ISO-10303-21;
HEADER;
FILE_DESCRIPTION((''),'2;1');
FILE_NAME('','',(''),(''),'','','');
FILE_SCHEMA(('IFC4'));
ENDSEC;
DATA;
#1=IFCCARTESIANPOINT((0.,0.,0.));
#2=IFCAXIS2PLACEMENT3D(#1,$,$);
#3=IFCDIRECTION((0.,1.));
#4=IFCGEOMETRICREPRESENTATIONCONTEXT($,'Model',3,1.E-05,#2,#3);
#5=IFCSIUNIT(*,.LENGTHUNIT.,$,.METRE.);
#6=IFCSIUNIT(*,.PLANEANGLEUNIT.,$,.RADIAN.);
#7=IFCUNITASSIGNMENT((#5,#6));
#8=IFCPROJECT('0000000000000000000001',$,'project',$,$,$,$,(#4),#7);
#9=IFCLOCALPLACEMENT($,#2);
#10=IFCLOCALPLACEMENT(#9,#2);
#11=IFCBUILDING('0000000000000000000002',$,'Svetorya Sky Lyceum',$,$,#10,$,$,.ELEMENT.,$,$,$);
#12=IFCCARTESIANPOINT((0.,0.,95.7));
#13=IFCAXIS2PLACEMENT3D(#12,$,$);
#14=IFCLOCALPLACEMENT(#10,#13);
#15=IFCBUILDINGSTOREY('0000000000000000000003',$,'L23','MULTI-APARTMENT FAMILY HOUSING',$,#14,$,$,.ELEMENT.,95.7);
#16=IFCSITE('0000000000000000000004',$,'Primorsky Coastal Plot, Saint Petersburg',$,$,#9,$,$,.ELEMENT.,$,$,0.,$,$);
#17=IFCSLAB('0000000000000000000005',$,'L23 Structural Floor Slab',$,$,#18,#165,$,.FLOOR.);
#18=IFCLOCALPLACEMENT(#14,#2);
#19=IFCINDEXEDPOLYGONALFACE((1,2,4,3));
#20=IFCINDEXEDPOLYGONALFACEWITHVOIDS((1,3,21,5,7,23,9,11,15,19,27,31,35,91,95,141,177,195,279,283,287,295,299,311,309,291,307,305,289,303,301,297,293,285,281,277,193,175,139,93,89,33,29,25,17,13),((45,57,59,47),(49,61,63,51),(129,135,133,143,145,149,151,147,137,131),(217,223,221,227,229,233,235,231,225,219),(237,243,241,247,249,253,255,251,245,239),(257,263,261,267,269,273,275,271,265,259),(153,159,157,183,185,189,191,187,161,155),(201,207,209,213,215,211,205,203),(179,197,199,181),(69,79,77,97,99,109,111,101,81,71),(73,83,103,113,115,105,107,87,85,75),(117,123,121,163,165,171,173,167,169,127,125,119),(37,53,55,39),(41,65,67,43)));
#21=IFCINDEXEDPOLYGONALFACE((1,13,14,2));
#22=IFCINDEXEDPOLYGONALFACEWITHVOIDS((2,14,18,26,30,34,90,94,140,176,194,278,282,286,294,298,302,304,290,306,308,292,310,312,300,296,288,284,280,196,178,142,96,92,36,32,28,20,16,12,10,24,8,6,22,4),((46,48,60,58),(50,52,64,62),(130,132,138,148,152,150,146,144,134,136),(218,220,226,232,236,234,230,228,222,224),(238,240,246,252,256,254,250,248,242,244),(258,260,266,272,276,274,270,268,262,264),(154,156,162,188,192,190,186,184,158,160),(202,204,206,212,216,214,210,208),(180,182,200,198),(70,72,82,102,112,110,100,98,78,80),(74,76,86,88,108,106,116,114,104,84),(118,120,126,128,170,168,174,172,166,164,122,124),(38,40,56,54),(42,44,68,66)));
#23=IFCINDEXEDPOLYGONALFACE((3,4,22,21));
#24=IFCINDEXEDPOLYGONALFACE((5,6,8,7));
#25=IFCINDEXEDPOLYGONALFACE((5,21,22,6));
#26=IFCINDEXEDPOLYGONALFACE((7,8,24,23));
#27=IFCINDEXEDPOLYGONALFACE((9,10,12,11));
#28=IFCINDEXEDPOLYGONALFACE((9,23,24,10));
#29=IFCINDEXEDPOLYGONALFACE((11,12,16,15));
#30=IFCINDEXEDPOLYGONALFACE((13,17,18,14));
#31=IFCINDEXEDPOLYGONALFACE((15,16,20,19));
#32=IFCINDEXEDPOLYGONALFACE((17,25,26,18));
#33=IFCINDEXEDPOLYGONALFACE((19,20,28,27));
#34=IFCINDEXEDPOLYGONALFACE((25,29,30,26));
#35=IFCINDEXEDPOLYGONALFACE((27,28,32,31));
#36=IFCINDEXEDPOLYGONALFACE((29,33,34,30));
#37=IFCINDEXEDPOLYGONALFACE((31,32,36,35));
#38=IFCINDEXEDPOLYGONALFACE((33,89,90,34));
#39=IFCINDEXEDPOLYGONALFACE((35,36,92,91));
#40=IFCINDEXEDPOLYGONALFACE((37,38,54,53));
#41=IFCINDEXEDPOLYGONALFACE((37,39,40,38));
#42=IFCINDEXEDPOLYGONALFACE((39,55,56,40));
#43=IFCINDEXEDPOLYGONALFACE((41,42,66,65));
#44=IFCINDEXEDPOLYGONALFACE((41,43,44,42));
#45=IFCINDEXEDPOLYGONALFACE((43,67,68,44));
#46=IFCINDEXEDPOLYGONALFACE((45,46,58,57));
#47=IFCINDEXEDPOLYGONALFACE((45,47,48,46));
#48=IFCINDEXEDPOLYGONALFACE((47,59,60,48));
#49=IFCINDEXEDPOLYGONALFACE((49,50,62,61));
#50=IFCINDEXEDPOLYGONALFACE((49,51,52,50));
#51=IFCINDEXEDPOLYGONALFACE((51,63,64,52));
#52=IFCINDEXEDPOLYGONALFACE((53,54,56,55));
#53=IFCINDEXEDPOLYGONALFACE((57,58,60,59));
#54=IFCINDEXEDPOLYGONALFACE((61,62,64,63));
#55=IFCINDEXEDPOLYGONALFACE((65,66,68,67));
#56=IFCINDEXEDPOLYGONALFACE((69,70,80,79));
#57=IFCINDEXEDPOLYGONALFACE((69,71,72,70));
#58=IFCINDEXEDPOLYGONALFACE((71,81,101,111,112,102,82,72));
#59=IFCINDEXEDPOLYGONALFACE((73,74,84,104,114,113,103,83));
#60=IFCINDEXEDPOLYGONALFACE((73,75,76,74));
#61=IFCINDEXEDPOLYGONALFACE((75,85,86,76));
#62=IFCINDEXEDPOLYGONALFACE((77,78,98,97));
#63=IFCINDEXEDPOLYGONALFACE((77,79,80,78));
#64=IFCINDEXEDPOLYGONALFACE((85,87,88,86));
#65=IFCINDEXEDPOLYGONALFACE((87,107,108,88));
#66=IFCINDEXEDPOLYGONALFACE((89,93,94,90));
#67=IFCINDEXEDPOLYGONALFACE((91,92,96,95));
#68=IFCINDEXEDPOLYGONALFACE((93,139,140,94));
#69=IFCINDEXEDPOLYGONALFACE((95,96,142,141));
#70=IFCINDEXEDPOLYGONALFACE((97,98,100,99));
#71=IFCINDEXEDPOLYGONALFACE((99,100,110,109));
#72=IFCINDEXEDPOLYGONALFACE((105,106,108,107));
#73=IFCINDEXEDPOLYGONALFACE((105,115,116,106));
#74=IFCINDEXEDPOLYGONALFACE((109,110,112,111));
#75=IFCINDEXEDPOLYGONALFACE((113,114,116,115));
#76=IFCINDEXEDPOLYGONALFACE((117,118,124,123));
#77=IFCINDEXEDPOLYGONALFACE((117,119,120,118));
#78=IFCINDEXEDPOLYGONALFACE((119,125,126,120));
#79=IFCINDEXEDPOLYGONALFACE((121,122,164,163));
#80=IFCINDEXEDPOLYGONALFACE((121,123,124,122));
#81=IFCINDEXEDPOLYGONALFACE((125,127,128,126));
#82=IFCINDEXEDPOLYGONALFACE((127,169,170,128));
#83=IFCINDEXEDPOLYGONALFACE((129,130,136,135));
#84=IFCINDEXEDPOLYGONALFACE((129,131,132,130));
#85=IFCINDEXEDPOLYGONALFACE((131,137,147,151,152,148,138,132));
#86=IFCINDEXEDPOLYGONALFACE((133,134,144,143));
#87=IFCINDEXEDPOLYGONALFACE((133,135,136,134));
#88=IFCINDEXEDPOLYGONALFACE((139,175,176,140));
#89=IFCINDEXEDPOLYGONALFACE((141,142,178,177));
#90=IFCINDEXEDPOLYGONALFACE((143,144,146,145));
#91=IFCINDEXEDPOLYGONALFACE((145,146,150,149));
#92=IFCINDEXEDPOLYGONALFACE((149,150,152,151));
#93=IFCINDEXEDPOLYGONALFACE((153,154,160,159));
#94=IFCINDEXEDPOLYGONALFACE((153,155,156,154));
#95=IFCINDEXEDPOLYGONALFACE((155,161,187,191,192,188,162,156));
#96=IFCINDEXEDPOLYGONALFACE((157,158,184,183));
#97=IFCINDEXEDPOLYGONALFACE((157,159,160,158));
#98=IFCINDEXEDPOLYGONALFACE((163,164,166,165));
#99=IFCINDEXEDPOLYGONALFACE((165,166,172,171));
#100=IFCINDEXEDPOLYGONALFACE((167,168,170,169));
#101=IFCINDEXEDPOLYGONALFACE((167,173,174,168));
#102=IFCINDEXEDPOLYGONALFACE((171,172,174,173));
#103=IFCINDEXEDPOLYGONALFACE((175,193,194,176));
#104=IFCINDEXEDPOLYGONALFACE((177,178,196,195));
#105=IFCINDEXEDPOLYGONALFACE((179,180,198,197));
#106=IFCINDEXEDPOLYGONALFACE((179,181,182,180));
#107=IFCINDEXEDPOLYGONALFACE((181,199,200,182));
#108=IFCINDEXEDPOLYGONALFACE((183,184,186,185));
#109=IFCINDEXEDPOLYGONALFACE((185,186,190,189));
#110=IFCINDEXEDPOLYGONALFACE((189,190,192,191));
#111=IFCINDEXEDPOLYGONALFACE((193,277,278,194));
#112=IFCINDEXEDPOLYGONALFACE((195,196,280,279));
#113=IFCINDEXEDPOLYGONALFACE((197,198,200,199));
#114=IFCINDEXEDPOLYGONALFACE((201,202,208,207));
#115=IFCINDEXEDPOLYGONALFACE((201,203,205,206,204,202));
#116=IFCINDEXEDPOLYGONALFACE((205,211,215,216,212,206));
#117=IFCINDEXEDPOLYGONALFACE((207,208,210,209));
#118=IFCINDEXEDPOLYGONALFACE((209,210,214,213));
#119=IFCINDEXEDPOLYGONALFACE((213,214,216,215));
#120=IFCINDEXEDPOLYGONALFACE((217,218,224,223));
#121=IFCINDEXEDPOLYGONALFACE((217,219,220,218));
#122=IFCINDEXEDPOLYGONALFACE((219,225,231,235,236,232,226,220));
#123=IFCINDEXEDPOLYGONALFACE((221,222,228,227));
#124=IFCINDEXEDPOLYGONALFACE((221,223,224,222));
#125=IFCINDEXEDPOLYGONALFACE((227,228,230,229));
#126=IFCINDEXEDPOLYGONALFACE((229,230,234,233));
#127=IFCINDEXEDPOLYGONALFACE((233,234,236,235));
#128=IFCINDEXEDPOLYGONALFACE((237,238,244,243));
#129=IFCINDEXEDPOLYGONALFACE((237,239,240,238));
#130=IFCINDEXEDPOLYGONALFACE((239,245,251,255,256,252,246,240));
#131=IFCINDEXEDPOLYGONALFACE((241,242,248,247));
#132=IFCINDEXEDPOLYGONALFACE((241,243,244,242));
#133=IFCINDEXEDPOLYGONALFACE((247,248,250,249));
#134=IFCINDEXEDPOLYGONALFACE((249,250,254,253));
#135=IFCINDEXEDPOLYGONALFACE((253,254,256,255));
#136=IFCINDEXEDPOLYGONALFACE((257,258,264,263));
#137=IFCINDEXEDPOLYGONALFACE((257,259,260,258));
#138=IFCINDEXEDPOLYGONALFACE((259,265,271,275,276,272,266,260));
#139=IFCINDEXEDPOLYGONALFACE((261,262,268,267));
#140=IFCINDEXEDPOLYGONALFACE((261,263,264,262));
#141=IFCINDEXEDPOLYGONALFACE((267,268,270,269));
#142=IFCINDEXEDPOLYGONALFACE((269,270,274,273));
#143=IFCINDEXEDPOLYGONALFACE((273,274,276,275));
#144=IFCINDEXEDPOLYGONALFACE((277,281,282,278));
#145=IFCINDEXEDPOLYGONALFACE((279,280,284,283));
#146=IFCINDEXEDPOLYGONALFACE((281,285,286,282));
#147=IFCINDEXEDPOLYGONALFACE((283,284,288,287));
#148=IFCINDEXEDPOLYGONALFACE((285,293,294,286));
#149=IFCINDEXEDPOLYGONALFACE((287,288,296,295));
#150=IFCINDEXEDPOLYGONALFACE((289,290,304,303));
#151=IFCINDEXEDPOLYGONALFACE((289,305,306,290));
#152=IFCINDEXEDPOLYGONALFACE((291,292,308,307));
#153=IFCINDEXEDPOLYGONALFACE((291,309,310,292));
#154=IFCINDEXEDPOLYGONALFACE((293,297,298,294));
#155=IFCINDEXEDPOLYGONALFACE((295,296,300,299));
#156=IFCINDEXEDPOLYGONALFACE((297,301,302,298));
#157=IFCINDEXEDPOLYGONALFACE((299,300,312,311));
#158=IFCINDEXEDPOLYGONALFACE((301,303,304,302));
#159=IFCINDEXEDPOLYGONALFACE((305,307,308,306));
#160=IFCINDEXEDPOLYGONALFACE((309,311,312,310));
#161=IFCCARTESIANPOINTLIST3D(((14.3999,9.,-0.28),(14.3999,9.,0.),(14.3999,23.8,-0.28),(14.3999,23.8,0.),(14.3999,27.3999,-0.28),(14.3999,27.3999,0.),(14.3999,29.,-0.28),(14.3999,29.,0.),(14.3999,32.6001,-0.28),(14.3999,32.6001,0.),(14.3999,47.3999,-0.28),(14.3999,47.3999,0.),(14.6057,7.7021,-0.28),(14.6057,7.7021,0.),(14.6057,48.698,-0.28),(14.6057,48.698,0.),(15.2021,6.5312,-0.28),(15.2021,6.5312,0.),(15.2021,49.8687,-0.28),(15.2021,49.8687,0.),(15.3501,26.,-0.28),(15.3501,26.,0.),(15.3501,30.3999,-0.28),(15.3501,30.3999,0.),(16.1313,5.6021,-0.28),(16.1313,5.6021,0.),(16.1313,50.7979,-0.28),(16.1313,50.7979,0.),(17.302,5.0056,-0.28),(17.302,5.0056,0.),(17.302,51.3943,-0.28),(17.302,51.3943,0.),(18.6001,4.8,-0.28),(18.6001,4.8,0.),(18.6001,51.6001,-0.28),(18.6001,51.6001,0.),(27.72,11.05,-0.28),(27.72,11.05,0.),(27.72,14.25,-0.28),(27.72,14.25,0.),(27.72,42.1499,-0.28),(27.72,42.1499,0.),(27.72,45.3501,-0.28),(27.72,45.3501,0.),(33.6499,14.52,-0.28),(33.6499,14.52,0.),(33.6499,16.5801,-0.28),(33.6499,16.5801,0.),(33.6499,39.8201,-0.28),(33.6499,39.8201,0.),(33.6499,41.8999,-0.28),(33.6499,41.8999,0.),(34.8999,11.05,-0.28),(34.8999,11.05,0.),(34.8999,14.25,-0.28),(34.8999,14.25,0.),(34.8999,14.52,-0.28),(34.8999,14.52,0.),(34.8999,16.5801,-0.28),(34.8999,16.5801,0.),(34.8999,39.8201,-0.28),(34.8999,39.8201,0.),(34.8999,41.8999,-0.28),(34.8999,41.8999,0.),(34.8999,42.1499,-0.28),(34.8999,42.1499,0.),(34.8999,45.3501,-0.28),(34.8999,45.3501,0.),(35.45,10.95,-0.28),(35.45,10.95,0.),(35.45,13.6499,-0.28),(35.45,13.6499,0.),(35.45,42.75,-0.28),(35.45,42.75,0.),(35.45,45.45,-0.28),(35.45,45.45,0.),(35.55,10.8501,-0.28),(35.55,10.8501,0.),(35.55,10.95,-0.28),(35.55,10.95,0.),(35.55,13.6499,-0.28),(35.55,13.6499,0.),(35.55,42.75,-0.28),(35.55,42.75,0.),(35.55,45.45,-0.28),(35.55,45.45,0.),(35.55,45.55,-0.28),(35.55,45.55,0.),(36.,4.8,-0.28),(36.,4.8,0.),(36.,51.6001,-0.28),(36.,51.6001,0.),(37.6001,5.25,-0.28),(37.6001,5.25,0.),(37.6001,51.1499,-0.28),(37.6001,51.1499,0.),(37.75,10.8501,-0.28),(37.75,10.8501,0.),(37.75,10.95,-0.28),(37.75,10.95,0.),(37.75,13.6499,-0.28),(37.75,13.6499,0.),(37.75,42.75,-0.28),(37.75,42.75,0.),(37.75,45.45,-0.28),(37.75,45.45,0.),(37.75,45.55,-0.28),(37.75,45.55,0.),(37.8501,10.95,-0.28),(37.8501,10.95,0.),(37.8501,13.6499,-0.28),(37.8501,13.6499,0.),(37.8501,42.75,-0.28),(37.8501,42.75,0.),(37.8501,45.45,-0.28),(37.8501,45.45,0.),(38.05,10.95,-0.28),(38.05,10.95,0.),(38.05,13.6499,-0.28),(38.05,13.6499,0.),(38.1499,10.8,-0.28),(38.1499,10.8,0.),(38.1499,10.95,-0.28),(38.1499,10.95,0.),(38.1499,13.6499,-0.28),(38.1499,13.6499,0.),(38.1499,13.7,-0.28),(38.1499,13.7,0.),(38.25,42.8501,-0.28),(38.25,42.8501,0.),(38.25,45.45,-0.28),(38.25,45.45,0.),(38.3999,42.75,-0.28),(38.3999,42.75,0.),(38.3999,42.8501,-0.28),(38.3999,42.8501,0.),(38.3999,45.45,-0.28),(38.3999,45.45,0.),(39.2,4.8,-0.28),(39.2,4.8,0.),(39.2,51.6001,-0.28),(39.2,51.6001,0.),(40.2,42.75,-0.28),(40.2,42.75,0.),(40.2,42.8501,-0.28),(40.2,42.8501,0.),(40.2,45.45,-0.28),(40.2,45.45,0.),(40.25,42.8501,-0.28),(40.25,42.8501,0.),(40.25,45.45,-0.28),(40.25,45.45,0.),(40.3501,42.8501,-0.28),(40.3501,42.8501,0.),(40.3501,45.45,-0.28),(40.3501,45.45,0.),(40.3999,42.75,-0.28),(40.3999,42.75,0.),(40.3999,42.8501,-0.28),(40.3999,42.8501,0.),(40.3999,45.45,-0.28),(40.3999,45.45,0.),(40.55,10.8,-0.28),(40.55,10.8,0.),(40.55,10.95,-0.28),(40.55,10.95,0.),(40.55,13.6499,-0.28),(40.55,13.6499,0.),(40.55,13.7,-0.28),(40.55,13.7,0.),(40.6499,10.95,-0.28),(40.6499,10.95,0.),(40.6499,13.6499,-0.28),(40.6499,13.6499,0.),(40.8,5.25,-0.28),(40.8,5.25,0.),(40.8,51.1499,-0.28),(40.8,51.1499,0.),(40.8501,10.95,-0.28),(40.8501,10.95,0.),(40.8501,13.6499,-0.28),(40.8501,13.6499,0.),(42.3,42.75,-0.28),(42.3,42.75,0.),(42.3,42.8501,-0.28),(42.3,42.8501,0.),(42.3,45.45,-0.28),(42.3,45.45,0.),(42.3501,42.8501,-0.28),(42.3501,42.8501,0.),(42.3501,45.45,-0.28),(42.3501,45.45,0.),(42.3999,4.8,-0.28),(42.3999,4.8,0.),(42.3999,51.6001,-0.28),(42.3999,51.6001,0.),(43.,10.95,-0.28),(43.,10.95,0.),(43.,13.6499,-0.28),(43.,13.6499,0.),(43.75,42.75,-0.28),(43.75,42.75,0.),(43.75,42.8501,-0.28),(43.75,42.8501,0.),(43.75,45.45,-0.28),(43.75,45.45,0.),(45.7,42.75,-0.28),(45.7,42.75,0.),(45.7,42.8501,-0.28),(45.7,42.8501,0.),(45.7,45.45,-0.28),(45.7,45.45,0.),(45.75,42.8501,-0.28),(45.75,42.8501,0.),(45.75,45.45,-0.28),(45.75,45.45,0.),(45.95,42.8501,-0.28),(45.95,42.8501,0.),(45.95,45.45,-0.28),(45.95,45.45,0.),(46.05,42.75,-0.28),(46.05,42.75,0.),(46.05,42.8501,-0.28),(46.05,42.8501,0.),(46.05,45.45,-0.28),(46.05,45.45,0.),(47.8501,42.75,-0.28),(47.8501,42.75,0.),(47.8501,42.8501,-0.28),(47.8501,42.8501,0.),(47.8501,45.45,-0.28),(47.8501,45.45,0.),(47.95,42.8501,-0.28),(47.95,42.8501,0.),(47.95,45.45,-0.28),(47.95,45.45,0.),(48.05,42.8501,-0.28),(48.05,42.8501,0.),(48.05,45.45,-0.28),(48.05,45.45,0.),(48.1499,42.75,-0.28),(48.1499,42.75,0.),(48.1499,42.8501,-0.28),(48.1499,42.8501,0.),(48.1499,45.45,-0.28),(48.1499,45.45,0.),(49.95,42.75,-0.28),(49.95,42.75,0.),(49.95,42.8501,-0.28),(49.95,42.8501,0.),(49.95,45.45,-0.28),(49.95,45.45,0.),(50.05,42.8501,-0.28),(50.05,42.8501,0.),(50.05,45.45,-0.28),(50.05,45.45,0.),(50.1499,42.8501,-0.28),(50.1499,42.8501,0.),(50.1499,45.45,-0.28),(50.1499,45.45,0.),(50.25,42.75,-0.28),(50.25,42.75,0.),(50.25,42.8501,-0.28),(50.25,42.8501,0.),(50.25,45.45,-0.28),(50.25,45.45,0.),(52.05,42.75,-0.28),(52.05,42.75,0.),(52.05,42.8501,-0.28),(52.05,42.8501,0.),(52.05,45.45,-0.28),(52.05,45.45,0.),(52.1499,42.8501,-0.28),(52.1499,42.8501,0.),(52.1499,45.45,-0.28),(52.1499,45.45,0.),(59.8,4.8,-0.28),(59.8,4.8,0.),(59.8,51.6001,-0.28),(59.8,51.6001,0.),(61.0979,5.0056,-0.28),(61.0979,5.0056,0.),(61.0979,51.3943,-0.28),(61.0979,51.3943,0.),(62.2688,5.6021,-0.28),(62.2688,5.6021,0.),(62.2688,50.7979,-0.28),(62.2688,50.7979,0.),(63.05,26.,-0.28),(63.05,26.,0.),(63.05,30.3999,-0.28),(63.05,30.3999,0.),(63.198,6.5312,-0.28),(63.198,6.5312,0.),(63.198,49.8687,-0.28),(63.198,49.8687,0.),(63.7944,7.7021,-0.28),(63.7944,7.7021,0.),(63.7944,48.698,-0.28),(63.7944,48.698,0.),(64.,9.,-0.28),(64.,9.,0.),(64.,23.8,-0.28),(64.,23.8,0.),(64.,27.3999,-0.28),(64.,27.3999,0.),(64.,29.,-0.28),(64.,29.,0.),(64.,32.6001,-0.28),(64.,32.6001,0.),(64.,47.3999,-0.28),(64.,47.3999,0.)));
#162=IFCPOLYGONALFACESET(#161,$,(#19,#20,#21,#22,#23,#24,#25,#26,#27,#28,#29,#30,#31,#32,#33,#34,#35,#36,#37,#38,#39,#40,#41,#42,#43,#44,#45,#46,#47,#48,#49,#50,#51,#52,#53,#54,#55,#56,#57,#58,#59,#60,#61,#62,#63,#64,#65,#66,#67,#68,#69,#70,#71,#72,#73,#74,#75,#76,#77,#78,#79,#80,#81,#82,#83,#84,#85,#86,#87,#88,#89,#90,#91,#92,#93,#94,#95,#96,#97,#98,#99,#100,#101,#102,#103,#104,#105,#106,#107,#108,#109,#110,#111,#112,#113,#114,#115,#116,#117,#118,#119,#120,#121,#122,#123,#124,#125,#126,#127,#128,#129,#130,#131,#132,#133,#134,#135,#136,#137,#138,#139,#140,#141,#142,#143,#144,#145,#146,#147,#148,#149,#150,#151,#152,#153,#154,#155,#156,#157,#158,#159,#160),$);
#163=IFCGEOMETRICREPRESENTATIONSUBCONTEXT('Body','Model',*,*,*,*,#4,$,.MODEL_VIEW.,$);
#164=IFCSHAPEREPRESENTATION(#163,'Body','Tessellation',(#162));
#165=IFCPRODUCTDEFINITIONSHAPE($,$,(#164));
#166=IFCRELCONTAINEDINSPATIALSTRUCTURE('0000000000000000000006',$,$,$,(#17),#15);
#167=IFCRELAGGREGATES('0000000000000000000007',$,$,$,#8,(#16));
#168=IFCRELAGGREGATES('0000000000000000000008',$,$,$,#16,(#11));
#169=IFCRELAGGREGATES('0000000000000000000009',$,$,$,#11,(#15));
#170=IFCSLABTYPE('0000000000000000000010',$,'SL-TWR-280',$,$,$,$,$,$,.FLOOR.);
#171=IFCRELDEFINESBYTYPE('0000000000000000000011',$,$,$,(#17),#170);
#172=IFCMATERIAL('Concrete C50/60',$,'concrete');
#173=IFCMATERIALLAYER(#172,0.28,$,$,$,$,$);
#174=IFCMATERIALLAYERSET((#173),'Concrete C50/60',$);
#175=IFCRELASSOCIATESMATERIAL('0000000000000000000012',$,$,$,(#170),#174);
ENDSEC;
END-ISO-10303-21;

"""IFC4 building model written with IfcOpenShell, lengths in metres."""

from ifc_helpers import new_model, si_unit, direction, frame, origin, place, context, subcontext, project, spatial, polyline, outline, extrude, material, layer, layer_set, type_object, element, save


model = new_model("IFC4")

# Units and contexts
model_context = context("Model", 3, precision=1e-05, world=origin(), true_north=direction((0.0, 1.0)))
body_context = subcontext(model_context, "Body", "Model", "MODEL_VIEW")
ifc_project = project(units=[si_unit("LENGTHUNIT", "METRE"), si_unit("PLANEANGLEUNIT", "RADIAN")], contexts=[model_context])

# Site, building, storey
site_placement = place(None, origin())
site = spatial("IfcSite", under=ifc_project, at=site_placement, Name="Primorsky Coastal Plot, Saint Petersburg", CompositionType="ELEMENT", RefElevation=0.0)
building_placement = place(site_placement, origin())
building = spatial("IfcBuilding", under=site, at=building_placement, Name="Svetorya Sky Lyceum", CompositionType="ELEMENT")
storey_placement = place(building_placement, frame((0.0, 0.0, 95.7)))
storey = spatial("IfcBuildingStorey", under=building, at=storey_placement, Name="L23", Description="MULTI-APARTMENT FAMILY HOUSING", CompositionType="ELEMENT", Elevation=95.7)

# Shared definitions
ifc_material_1 = material(Name="Concrete C50/60", Category="concrete")

# Slab
ifc_layer_1 = layer(ifc_material_1, 0.28)
ifc_layer_set_1 = layer_set([ifc_layer_1], Name="Concrete C50/60")
slab_type_1 = type_object("IfcSlabType", Name="SL-TWR-280", PredefinedType="FLOOR", material=ifc_layer_set_1)
slab_1_placement = place(storey_placement, frame((0.0, 0.0, -0.28)))
element("IfcSlab", 1, at=slab_1_placement, inside=storey, type_object=slab_type_1, Name="L23 Structural Floor Slab", PredefinedType="FLOOR", context=body_context, shape_type="SweptSolid", body=[
    extrude(outline(polyline([(14.3999, 9.0), (14.6057, 7.7021), (15.2021, 6.5312), (16.1313, 5.6021), (17.302, 5.0056), (18.6001, 4.8), (36.0, 4.8), (37.6001, 5.25), (39.2, 4.8), (40.8, 5.25), (42.3999, 4.8), (59.8, 4.8), (61.0979, 5.0056), (62.2688, 5.6021), (63.198, 6.5312), (63.7944, 7.7021), (64.0, 9.0), (64.0, 23.8), (63.05, 26.0), (64.0, 27.3999), (64.0, 29.0), (63.05, 30.3999), (64.0, 32.6001), (64.0, 47.3999), (63.7944, 48.698), (63.198, 49.8687), (62.2688, 50.7979), (61.0979, 51.3943), (59.8, 51.6001), (42.3999, 51.6001), (40.8, 51.1499), (39.2, 51.6001), (37.6001, 51.1499), (36.0, 51.6001), (18.6001, 51.6001), (17.302, 51.3943), (16.1313, 50.7979), (15.2021, 49.8687), (14.6057, 48.698), (14.3999, 47.3999), (14.3999, 32.6001), (15.3501, 30.3999), (14.3999, 29.0), (14.3999, 27.3999), (15.3501, 26.0), (14.3999, 23.8), (14.3999, 9.0)]), holes=[polyline([(37.8501, 10.95), (37.75, 10.95), (37.75, 10.8501), (35.55, 10.8501), (35.55, 10.95), (35.45, 10.95), (35.45, 13.6499), (35.55, 13.6499), (37.75, 13.6499), (37.8501, 13.6499), (37.8501, 10.95)]), polyline([(40.6499, 13.6499), (40.6499, 10.95), (40.55, 10.95), (40.55, 10.8), (38.1499, 10.8), (38.1499, 10.95), (38.05, 10.95), (38.05, 13.6499), (38.1499, 13.6499), (38.1499, 13.7), (40.55, 13.7), (40.55, 13.6499), (40.6499, 13.6499)]), polyline([(27.72, 14.25), (34.8999, 14.25), (34.8999, 11.05), (27.72, 11.05), (27.72, 14.25)]), polyline([(33.6499, 14.52), (33.6499, 16.5801), (34.8999, 16.5801), (34.8999, 14.52), (33.6499, 14.52)]), polyline([(33.6499, 41.8999), (34.8999, 41.8999), (34.8999, 39.8201), (33.6499, 39.8201), (33.6499, 41.8999)]), polyline([(27.72, 45.3501), (34.8999, 45.3501), (34.8999, 42.1499), (27.72, 42.1499), (27.72, 45.3501)]), polyline([(37.75, 45.55), (37.75, 45.45), (37.8501, 45.45), (37.8501, 42.75), (37.75, 42.75), (35.55, 42.75), (35.45, 42.75), (35.45, 45.45), (35.55, 45.45), (35.55, 45.55), (37.75, 45.55)]), polyline([(38.3999, 42.8501), (38.25, 42.8501), (38.25, 45.45), (38.3999, 45.45), (40.2, 45.45), (40.25, 45.45), (40.25, 42.8501), (40.2, 42.8501), (40.2, 42.75), (38.3999, 42.75), (38.3999, 42.8501)]), polyline([(40.8501, 13.6499), (43.0, 13.6499), (43.0, 10.95), (40.8501, 10.95), (40.8501, 13.6499)]), polyline([(40.3999, 42.8501), (40.3501, 42.8501), (40.3501, 45.45), (40.3999, 45.45), (42.3, 45.45), (42.3501, 45.45), (42.3501, 42.8501), (42.3, 42.8501), (42.3, 42.75), (40.3999, 42.75), (40.3999, 42.8501)]), polyline([(43.75, 42.75), (43.75, 42.8501), (43.75, 45.45), (45.7, 45.45), (45.75, 45.45), (45.75, 42.8501), (45.7, 42.8501), (45.7, 42.75), (43.75, 42.75)]), polyline([(46.05, 42.8501), (45.95, 42.8501), (45.95, 45.45), (46.05, 45.45), (47.8501, 45.45), (47.95, 45.45), (47.95, 42.8501), (47.8501, 42.8501), (47.8501, 42.75), (46.05, 42.75), (46.05, 42.8501)]), polyline([(48.1499, 42.8501), (48.05, 42.8501), (48.05, 45.45), (48.1499, 45.45), (49.95, 45.45), (50.05, 45.45), (50.05, 42.8501), (49.95, 42.8501), (49.95, 42.75), (48.1499, 42.75), (48.1499, 42.8501)]), polyline([(52.1499, 42.8501), (52.05, 42.8501), (52.05, 42.75), (50.25, 42.75), (50.25, 42.8501), (50.1499, 42.8501), (50.1499, 45.45), (50.25, 45.45), (52.05, 45.45), (52.1499, 45.45), (52.1499, 42.8501)])]), origin(), (0.0, 0.0, 1.0), 0.28),
])

save(model, "model.ifc")
